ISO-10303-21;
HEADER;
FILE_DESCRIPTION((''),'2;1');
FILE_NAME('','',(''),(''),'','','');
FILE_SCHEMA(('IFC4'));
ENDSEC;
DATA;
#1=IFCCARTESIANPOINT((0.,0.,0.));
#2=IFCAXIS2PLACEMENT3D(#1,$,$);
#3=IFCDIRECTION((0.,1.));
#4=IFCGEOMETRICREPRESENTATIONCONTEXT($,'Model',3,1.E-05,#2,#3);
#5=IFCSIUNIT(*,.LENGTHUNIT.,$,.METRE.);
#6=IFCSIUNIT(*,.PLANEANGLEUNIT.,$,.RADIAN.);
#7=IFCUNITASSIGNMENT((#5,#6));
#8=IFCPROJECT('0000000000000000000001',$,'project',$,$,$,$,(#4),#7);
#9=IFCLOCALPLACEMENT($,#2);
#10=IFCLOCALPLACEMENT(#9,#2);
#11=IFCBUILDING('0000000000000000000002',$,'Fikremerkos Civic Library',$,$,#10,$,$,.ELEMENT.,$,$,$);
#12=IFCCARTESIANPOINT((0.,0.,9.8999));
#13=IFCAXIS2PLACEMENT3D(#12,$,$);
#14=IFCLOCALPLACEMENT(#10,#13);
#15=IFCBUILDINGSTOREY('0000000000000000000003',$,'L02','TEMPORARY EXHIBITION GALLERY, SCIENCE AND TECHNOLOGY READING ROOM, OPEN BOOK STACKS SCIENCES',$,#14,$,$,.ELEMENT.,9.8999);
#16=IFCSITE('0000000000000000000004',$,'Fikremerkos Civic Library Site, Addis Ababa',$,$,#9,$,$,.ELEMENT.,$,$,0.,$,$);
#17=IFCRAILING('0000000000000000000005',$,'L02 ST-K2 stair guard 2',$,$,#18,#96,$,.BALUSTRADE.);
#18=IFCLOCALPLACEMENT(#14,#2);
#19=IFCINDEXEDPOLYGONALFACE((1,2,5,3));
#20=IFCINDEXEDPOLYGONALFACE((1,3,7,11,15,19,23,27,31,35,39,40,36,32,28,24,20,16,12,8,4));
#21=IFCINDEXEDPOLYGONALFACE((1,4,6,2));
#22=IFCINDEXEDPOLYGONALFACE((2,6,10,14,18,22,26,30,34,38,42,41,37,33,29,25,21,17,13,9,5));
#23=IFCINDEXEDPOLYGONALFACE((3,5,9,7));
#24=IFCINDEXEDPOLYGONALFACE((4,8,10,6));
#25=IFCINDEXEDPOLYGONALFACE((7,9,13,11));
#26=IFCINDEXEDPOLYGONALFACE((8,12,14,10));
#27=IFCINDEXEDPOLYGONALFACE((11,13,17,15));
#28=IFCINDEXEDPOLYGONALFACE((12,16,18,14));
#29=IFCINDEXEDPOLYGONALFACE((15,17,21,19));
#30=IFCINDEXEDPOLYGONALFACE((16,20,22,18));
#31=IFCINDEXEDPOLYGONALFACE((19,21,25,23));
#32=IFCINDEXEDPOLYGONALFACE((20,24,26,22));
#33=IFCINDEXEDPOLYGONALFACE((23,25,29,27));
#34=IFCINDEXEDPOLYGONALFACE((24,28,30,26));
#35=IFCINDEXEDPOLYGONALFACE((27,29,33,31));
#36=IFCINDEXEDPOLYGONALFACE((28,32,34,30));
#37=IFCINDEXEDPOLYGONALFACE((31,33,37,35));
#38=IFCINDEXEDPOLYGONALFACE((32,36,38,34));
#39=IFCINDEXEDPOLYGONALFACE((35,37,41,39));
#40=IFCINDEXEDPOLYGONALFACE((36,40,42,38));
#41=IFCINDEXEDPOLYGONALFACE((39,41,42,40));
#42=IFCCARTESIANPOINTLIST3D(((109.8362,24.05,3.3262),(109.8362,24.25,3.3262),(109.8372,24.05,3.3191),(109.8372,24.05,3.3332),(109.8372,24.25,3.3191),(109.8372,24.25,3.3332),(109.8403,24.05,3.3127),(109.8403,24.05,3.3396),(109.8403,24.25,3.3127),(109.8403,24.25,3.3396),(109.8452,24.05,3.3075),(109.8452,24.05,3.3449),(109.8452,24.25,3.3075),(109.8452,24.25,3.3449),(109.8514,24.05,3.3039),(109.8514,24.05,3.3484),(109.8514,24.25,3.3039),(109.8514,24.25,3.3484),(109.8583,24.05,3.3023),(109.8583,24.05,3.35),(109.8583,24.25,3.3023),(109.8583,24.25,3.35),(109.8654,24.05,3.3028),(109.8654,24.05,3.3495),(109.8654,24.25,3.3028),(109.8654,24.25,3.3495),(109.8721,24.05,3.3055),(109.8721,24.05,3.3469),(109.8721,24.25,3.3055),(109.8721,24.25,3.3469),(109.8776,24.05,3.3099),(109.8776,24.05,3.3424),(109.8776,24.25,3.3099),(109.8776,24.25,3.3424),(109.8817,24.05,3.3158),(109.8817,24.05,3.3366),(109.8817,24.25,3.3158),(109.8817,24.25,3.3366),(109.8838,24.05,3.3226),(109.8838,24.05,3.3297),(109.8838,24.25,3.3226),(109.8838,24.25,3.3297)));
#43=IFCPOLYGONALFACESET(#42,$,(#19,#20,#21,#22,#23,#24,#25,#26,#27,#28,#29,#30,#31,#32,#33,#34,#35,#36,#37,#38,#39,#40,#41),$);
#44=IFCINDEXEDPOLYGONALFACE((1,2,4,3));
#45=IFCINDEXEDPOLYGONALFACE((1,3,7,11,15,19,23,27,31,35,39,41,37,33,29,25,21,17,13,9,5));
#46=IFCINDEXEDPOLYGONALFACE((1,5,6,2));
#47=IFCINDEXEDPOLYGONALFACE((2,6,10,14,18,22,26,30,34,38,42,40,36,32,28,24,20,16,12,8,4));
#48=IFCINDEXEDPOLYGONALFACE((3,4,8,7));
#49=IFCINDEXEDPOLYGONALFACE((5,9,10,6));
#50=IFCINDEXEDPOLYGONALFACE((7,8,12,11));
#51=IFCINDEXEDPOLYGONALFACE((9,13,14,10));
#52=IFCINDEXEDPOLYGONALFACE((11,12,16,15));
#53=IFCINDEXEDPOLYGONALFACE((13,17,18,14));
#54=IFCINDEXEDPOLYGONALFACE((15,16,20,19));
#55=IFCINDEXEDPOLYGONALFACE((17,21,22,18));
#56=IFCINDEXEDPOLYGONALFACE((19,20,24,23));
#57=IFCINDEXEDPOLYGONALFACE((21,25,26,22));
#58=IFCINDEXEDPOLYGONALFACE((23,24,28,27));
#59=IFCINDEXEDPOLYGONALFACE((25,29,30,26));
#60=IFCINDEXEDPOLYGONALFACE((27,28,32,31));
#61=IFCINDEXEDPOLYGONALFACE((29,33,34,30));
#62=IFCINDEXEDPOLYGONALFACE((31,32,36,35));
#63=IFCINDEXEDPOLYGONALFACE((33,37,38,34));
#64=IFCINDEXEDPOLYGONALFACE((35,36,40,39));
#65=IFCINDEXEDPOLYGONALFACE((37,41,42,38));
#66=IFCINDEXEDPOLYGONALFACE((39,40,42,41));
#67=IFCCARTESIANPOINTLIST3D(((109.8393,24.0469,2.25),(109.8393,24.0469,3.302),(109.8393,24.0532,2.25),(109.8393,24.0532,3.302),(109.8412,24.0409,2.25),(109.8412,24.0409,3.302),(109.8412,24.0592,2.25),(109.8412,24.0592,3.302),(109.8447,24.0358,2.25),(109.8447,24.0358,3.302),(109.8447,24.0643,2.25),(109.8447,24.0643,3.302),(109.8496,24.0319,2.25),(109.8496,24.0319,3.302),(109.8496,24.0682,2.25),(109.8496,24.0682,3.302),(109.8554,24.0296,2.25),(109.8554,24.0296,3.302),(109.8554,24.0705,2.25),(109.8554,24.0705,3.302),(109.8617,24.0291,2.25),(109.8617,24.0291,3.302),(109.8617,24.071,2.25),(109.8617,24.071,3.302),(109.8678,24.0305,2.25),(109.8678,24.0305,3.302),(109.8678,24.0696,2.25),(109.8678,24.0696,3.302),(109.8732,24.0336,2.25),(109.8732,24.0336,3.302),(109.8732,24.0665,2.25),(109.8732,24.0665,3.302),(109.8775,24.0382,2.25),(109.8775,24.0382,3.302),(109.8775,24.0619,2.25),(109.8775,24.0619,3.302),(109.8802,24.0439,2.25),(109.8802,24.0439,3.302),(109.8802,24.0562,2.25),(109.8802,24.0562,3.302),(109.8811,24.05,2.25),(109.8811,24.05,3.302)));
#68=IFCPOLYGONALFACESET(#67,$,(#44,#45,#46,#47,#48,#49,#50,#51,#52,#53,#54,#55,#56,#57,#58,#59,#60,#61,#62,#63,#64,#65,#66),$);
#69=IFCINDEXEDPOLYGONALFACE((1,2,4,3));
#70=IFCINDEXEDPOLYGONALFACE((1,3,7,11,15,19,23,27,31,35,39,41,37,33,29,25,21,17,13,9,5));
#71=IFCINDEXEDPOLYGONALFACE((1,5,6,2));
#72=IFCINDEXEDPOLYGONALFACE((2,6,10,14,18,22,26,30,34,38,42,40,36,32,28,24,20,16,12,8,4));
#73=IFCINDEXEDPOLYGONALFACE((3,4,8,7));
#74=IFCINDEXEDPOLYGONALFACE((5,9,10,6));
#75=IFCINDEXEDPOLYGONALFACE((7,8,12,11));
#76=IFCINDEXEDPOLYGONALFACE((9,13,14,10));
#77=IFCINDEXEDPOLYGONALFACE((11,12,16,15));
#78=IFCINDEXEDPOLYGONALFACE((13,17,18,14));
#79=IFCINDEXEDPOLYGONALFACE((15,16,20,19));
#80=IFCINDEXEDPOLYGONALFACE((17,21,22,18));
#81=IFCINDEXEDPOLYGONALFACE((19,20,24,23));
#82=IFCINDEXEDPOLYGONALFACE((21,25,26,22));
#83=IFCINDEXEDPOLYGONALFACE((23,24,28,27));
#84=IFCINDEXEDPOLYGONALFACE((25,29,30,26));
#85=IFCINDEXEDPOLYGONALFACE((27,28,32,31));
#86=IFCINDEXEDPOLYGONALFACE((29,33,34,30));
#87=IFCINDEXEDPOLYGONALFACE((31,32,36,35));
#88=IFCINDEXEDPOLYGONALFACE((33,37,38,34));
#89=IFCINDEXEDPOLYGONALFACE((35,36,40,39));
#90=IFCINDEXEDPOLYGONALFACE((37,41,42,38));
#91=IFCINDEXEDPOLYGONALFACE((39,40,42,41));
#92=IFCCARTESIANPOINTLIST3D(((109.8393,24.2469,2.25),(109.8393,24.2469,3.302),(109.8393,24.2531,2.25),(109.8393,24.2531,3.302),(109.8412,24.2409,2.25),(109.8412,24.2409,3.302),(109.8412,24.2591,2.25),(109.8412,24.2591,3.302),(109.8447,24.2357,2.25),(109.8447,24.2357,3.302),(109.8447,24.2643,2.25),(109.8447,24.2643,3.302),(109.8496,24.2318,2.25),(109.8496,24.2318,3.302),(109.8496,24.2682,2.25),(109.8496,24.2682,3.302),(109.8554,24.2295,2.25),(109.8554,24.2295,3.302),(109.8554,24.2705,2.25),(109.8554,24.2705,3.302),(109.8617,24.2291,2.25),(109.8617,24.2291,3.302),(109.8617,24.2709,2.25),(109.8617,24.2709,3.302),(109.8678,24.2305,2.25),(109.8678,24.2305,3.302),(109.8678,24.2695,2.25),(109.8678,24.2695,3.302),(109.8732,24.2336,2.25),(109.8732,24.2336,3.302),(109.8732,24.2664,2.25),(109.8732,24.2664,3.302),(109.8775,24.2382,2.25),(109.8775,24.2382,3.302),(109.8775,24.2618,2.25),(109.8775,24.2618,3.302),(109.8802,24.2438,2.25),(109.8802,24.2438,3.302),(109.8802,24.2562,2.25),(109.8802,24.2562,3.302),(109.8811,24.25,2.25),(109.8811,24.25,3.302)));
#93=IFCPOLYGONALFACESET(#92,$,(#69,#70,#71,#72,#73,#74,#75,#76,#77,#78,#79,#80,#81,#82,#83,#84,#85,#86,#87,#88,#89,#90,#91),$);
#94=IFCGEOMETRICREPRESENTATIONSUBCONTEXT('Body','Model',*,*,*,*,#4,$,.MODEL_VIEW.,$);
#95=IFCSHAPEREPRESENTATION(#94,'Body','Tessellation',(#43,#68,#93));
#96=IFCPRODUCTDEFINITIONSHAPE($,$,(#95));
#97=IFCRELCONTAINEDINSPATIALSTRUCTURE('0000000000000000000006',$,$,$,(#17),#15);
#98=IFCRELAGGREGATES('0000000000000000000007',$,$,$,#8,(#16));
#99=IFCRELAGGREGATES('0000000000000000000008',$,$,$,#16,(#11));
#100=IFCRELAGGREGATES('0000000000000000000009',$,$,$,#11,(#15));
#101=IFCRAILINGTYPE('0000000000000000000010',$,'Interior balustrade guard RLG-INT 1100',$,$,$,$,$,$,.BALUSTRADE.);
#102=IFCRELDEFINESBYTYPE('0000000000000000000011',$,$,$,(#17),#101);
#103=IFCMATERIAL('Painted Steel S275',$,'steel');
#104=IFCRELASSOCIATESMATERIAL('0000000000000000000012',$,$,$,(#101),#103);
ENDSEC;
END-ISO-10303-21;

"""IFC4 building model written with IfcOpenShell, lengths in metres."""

from ifc_helpers import new_model, si_unit, direction, frame, origin, origin_2d, place, context, subcontext, project, spatial, circle, extrude, material, type_object, element, save


model = new_model("IFC4")

# Units and contexts
model_context = context("Model", 3, precision=1e-05, world=origin(), true_north=direction((0.0, 1.0)))
body_context = subcontext(model_context, "Body", "Model", "MODEL_VIEW")
ifc_project = project(units=[si_unit("LENGTHUNIT", "METRE"), si_unit("PLANEANGLEUNIT", "RADIAN")], contexts=[model_context])

# Site, building, storey
site_placement = place(None, origin())
site = spatial("IfcSite", under=ifc_project, at=site_placement, Name="Fikremerkos Civic Library Site, Addis Ababa", CompositionType="ELEMENT", RefElevation=0.0)
building_placement = place(site_placement, origin())
building = spatial("IfcBuilding", under=site, at=building_placement, Name="Fikremerkos Civic Library", CompositionType="ELEMENT")
storey_placement = place(building_placement, frame((0.0, 0.0, 9.8999)))
storey = spatial("IfcBuildingStorey", under=building, at=storey_placement, Name="L02", Description="TEMPORARY EXHIBITION GALLERY, SCIENCE AND TECHNOLOGY READING ROOM, OPEN BOOK STACKS SCIENCES", CompositionType="ELEMENT", Elevation=9.8999)

# Railing
ifc_material_1 = material(Name="Painted Steel S275", Category="steel")
railing_type_1 = type_object("IfcRailingType", Name="Interior balustrade guard RLG-INT 1100", PredefinedType="BALUSTRADE", material=ifc_material_1)
railing_1_placement = place(storey_placement, frame((109.8601, 24.05, 2.25)))
element("IfcRailing", 1, at=railing_1_placement, inside=storey, type_object=railing_type_1, Name="L02 ST-K2 stair guard 2", PredefinedType="BALUSTRADE", context=body_context, shape_type="SweptSolid", body=[
    extrude(circle(Radius=0.0239, at=origin_2d()), frame((0.0, 0.0, 1.0762), z_axis=(0.0, 1.0, 0.0), x_axis=(-1.0, 0.0, 0.0)), (0.0, 0.0, 1.0), 0.2),
    extrude(circle(Radius=0.021, at=origin_2d()), origin(), (0.0, 0.0, 1.0), 1.052),
    extrude(circle(Radius=0.021, at=origin_2d()), frame((0.0, 0.2, 0.0)), (0.0, 0.0, 1.0), 1.052),
])

save(model, "model.ifc")
